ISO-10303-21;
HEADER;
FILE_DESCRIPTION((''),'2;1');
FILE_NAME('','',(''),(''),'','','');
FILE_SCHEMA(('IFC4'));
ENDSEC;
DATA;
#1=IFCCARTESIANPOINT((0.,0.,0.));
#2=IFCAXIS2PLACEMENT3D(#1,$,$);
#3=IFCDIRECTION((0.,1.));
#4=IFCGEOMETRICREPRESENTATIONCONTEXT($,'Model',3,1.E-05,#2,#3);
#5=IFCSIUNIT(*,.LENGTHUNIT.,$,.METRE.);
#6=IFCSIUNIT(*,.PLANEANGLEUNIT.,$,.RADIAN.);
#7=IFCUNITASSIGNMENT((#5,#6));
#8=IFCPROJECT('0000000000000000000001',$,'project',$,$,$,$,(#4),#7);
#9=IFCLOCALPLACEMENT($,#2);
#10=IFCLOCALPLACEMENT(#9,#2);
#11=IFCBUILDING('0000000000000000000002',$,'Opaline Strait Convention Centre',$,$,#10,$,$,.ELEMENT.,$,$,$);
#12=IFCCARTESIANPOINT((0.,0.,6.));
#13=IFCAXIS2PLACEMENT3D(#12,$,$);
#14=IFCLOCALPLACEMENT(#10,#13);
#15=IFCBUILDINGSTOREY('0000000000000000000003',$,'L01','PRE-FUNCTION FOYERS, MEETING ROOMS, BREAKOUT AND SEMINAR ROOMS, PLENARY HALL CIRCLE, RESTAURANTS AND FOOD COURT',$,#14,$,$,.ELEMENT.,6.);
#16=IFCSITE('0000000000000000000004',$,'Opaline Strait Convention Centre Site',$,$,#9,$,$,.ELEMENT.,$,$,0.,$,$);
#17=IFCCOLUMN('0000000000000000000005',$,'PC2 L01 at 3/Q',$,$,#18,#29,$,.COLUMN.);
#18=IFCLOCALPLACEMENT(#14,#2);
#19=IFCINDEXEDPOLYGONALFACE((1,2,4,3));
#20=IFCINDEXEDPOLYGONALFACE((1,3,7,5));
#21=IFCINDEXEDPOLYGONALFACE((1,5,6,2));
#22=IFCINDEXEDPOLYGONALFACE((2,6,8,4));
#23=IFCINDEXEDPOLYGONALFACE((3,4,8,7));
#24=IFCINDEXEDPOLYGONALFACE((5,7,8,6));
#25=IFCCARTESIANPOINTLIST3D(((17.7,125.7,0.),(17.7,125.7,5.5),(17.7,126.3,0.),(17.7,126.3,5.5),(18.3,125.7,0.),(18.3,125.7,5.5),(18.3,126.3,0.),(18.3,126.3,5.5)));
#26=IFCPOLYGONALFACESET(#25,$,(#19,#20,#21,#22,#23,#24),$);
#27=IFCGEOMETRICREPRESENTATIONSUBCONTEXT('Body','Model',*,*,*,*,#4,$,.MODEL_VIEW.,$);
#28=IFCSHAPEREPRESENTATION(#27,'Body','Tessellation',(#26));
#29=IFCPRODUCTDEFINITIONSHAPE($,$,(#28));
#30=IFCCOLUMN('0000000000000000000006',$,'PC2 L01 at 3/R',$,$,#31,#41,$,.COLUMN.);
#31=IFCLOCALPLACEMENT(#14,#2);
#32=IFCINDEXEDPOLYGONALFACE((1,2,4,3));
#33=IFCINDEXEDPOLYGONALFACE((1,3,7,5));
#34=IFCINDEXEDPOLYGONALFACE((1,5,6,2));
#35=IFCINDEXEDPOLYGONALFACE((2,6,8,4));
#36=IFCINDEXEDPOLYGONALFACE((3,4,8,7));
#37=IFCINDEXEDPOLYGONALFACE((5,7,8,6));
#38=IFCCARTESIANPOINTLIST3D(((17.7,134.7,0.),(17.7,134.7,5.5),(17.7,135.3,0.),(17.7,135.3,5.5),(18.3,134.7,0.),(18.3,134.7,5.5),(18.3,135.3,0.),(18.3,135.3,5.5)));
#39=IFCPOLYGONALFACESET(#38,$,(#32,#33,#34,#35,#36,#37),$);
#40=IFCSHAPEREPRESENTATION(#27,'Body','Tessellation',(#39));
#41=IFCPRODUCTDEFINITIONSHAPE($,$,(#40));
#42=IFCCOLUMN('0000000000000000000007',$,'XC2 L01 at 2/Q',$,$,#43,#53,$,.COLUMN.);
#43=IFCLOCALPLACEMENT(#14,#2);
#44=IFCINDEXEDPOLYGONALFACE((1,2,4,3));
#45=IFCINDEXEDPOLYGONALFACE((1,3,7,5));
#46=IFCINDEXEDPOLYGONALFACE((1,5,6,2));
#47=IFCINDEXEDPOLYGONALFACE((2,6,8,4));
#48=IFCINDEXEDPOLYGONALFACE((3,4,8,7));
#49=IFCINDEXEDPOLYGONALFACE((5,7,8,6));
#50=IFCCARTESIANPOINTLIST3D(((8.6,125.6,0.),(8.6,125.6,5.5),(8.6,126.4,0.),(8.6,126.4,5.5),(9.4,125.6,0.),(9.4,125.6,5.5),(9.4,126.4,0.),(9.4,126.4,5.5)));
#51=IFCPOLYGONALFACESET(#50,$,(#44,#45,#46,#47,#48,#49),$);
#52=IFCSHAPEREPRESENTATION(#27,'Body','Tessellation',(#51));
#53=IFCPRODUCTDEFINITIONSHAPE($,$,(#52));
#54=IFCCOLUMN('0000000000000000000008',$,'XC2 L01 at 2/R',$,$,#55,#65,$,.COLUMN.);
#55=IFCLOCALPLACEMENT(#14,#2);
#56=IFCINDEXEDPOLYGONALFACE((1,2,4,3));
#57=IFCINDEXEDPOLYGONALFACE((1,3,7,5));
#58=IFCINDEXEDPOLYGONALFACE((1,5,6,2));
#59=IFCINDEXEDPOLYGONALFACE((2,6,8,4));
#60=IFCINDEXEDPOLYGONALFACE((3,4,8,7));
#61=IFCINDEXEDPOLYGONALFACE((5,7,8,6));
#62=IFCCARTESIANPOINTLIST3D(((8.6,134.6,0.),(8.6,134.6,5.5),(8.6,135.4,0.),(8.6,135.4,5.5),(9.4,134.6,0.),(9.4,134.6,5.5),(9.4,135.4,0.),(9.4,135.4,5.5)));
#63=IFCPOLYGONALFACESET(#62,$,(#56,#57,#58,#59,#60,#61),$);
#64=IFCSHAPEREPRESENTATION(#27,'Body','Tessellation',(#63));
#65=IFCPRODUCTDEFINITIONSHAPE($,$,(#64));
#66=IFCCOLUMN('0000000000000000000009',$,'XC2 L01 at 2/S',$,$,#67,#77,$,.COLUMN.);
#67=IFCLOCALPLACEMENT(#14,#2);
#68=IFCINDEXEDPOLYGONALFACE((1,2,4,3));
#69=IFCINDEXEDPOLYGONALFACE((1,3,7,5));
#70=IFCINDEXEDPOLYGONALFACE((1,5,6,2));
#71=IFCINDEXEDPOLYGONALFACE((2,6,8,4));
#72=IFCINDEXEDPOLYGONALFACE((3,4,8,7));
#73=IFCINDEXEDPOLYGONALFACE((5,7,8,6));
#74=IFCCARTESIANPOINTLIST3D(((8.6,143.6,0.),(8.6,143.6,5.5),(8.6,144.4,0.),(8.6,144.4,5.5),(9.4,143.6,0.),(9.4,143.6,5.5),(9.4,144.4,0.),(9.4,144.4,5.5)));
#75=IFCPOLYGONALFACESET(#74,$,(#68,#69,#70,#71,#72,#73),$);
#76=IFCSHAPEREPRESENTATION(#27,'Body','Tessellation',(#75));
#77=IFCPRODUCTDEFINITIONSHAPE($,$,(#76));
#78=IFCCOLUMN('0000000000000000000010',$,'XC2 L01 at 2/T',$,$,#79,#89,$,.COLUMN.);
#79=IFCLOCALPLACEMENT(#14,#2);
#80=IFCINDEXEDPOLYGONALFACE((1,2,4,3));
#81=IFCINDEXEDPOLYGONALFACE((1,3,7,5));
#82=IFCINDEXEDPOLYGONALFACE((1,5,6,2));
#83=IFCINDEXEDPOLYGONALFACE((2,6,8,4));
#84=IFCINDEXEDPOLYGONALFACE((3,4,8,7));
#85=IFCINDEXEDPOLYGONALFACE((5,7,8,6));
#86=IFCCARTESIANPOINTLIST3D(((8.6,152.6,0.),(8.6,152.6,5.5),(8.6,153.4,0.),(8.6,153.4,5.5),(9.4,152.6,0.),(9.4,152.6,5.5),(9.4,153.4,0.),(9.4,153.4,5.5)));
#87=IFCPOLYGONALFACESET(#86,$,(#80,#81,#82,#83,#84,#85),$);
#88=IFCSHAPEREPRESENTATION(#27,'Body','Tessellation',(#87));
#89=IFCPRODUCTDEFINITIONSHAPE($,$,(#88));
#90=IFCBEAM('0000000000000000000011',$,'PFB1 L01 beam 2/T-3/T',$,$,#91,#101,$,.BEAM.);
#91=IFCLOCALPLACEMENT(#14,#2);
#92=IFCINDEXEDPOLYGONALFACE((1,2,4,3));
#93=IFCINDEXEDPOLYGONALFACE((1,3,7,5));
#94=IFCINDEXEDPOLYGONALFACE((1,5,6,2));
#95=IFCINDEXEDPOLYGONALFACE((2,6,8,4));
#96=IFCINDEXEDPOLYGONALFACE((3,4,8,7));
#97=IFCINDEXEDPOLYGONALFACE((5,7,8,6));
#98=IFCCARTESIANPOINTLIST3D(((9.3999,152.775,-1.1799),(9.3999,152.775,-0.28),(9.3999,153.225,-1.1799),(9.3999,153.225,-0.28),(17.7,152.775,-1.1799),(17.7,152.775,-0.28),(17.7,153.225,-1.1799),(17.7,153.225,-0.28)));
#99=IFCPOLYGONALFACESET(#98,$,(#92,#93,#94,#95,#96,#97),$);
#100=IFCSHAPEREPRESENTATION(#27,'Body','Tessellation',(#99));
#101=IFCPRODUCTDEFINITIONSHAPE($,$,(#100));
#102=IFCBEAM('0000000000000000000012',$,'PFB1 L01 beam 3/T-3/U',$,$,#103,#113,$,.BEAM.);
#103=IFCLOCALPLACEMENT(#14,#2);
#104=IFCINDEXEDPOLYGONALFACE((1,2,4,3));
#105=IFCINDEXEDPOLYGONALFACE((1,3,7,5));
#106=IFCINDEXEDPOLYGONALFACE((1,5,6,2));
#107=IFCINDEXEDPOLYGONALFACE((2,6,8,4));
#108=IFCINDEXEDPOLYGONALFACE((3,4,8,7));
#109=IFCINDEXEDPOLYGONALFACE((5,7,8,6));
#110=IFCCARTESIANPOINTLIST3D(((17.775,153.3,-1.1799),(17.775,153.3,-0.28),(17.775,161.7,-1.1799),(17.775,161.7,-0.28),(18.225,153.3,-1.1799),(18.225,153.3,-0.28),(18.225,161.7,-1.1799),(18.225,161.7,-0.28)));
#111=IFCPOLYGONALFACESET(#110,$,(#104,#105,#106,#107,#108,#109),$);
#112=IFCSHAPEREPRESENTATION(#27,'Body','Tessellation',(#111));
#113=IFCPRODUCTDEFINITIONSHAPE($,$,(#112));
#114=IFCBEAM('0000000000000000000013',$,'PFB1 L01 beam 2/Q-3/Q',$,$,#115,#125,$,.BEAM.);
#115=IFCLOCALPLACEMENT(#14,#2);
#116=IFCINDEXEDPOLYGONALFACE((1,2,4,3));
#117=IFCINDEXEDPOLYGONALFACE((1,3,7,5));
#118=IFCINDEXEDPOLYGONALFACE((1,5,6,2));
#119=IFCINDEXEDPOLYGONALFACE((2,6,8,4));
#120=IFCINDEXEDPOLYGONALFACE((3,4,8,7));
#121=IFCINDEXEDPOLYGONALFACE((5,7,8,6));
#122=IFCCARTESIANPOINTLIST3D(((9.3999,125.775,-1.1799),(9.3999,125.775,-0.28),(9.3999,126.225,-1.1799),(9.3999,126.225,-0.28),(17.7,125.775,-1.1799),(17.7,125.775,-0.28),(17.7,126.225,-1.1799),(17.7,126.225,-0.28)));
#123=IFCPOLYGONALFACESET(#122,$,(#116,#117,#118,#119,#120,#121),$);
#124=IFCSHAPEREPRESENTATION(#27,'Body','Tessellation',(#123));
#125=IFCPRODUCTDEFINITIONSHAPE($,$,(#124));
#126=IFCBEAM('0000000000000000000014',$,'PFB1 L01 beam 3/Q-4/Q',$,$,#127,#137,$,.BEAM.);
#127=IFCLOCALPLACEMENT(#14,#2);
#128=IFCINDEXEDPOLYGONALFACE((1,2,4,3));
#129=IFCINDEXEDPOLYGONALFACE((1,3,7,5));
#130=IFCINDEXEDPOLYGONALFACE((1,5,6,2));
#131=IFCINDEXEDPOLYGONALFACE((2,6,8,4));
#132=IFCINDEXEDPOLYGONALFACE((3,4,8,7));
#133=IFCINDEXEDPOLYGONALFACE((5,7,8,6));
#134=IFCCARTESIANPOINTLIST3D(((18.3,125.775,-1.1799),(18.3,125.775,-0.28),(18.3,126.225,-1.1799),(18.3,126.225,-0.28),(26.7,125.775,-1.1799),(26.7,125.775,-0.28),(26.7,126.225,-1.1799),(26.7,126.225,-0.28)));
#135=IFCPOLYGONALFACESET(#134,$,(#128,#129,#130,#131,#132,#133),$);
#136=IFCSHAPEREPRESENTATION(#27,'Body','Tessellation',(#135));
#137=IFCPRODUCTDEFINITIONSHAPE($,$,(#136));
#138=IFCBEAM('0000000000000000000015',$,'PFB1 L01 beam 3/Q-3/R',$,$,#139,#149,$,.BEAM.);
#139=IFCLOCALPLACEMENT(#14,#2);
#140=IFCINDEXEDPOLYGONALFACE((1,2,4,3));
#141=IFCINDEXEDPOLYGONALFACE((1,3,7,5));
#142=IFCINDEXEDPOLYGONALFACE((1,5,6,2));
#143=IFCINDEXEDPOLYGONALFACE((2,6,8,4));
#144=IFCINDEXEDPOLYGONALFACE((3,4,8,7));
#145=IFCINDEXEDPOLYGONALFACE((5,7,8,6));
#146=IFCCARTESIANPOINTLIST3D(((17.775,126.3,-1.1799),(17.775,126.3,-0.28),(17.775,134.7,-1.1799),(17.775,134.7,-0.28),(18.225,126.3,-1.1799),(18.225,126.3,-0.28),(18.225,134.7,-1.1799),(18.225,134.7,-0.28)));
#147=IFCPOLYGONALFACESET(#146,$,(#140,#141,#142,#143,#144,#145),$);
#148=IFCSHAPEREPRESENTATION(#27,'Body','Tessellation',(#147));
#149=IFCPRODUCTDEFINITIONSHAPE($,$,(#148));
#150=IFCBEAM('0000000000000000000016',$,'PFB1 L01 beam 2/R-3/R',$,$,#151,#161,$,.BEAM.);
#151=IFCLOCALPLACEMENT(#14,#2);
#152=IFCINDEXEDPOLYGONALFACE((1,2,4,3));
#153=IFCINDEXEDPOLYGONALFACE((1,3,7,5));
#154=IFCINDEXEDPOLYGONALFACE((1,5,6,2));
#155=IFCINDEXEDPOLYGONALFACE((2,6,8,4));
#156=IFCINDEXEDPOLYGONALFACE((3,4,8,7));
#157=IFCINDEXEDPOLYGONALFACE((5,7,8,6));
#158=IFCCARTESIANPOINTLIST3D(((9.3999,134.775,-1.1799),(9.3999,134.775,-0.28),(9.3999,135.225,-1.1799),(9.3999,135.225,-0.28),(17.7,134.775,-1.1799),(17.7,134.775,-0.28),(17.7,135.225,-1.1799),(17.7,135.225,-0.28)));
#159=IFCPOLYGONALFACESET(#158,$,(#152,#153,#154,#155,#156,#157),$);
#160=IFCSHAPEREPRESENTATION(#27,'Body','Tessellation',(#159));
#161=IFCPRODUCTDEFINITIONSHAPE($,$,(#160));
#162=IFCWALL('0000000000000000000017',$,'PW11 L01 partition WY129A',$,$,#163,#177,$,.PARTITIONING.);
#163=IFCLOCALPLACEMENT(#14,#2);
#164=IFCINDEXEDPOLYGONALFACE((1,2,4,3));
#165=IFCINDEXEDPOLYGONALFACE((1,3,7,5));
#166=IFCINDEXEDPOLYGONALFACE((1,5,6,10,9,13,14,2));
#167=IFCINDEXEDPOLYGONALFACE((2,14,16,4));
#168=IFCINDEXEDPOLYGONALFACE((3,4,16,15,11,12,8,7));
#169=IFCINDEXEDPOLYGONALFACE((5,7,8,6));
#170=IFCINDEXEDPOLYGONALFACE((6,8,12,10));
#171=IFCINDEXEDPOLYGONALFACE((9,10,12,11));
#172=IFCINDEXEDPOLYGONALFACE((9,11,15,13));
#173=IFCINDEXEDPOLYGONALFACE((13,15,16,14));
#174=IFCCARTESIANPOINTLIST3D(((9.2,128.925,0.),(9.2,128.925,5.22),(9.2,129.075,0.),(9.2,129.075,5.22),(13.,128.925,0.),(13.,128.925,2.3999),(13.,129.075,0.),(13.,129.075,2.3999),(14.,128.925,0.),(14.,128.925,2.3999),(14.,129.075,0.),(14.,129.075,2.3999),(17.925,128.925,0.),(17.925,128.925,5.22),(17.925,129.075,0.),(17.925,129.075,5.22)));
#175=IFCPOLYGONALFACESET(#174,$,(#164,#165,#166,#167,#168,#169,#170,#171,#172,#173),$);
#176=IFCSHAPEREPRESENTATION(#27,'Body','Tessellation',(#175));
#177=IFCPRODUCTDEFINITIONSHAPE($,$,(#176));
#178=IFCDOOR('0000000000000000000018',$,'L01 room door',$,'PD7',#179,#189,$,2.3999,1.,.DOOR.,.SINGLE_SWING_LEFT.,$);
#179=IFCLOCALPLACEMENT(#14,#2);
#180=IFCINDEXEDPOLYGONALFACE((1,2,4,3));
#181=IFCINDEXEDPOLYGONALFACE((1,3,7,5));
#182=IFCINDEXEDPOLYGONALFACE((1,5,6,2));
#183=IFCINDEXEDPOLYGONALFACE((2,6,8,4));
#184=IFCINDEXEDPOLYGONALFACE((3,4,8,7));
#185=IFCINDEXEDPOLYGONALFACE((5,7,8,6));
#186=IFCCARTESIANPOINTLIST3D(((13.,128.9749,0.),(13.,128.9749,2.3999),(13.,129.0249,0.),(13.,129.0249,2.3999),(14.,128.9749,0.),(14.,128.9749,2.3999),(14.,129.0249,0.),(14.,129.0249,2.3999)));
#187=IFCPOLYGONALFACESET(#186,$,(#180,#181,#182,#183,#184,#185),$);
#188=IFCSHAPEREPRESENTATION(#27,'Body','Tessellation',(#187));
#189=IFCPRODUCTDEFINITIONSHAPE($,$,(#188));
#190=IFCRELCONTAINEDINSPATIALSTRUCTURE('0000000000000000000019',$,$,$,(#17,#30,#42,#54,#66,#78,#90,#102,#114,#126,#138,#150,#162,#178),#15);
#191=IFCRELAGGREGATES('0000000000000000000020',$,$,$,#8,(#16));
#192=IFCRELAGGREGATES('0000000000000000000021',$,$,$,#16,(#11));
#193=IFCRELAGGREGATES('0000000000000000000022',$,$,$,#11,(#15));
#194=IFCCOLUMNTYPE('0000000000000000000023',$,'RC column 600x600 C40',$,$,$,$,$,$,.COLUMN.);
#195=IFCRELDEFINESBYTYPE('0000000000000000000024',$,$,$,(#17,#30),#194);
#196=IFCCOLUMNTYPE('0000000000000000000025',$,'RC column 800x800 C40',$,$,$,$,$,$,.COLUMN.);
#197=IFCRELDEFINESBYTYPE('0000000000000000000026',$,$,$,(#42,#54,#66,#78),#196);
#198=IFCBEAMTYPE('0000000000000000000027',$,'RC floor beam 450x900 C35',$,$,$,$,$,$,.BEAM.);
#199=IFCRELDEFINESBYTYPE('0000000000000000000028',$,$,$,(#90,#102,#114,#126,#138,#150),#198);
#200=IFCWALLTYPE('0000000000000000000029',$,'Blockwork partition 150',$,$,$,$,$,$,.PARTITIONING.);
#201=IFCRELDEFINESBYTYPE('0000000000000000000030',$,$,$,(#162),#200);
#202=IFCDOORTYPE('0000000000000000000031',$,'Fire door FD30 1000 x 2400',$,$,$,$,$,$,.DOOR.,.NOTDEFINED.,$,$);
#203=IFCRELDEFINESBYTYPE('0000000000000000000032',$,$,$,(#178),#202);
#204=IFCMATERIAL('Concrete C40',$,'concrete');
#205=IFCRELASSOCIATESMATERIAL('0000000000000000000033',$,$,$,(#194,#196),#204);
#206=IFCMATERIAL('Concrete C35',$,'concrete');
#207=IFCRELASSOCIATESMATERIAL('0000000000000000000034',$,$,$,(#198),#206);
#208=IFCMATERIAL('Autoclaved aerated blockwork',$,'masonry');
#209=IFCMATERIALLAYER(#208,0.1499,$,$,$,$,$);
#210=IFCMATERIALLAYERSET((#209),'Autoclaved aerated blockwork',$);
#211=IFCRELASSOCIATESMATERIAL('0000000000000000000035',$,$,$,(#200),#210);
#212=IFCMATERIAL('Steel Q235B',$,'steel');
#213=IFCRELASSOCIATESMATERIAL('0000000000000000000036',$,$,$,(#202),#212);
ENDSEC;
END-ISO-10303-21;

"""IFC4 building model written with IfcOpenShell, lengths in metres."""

from ifc_helpers import new_model, si_unit, direction, frame, frame_2d, origin, origin_2d, place, context, subcontext, project, spatial, rectangle, extrude, material, layer, layer_set, material_profile, profile_set, type_object, element, fill, save


model = new_model("IFC4")

# Units and contexts
model_context = context("Model", 3, precision=1e-05, world=origin(), true_north=direction((0.0, 1.0)))
body_context = subcontext(model_context, "Body", "Model", "MODEL_VIEW")
ifc_project = project(units=[si_unit("LENGTHUNIT", "METRE"), si_unit("PLANEANGLEUNIT", "RADIAN")], contexts=[model_context])

# Site, building, storey
site_placement = place(None, origin())
site = spatial("IfcSite", under=ifc_project, at=site_placement, Name="Opaline Strait Convention Centre Site", CompositionType="ELEMENT", RefElevation=0.0)
building_placement = place(site_placement, origin())
building = spatial("IfcBuilding", under=site, at=building_placement, Name="Opaline Strait Convention Centre", CompositionType="ELEMENT")
storey_placement = place(building_placement, frame((0.0, 0.0, 6.0)))
storey = spatial("IfcBuildingStorey", under=building, at=storey_placement, Name="L01", Description="PRE-FUNCTION FOYERS, MEETING ROOMS, BREAKOUT AND SEMINAR ROOMS, PLENARY HALL CIRCLE, RESTAURANTS AND FOOD COURT", CompositionType="ELEMENT", Elevation=6.0)

# Columns
ifc_material_1 = material(Name="Concrete C40", Category="concrete")
ifc_material_profile_1 = material_profile(ifc_material_1, rectangle(XDim=0.6001, YDim=0.6001, at=origin_2d()), Name="RC 600x600")
ifc_profile_set_1 = profile_set([ifc_material_profile_1], Name="Concrete C40")
column_type_1 = type_object("IfcColumnType", Name="RC column 600x600 C40", PredefinedType="COLUMN", material=ifc_profile_set_1)
for number, where, z_axis, x_axis, name in (
    (1, (18.0, 126.0, 0.0), (0.0, 0.0, 1.0), (1.0, 0.0, 0.0), "PC2 L01 at 3/Q"),
    (2, (18.0, 135.0, 0.0), (0.0, 0.0, 1.0), (1.0, 0.0, 0.0), "PC2 L01 at 3/R"),
):
    element("IfcColumn", number, at=place(storey_placement, frame(where, z_axis=z_axis, x_axis=x_axis)), inside=storey, type_object=column_type_1, Name=name, PredefinedType="COLUMN", context=body_context, shape_type="SweptSolid", body=[
        extrude(rectangle(XDim=0.6001, YDim=0.6001, at=origin_2d()), origin(), (0.0, 0.0, 1.0), 5.5),
    ])
ifc_material_profile_2 = material_profile(ifc_material_1, rectangle(XDim=0.8, YDim=0.8, at=origin_2d()), Name="RC 800x800")
ifc_profile_set_2 = profile_set([ifc_material_profile_2], Name="Concrete C40")
column_type_2 = type_object("IfcColumnType", Name="RC column 800x800 C40", PredefinedType="COLUMN", material=ifc_profile_set_2)
for number, where, z_axis, x_axis, name in (
    (3, (9.0, 126.0, 0.0), (0.0, 0.0, 1.0), (1.0, 0.0, 0.0), "XC2 L01 at 2/Q"),
    (4, (9.0, 135.0, 0.0), (0.0, 0.0, 1.0), (1.0, 0.0, 0.0), "XC2 L01 at 2/R"),
    (5, (9.0, 144.0, 0.0), (0.0, 0.0, 1.0), (1.0, 0.0, 0.0), "XC2 L01 at 2/S"),
    (6, (9.0, 153.0, 0.0), (0.0, 0.0, 1.0), (1.0, 0.0, 0.0), "XC2 L01 at 2/T"),
):
    element("IfcColumn", number, at=place(storey_placement, frame(where, z_axis=z_axis, x_axis=x_axis)), inside=storey, type_object=column_type_2, Name=name, PredefinedType="COLUMN", context=body_context, shape_type="SweptSolid", body=[
        extrude(rectangle(XDim=0.8, YDim=0.8, at=origin_2d()), origin(), (0.0, 0.0, 1.0), 5.5),
    ])

# Beams
ifc_material_2 = material(Name="Concrete C35", Category="concrete")
ifc_material_profile_3 = material_profile(ifc_material_2, rectangle(XDim=0.45, YDim=0.8999, at=origin_2d()), Name="RC 450x900")
ifc_profile_set_3 = profile_set([ifc_material_profile_3], Name="Concrete C35")
beam_type = type_object("IfcBeamType", Name="RC floor beam 450x900 C35", PredefinedType="BEAM", material=ifc_profile_set_3)
beam_1_placement = place(storey_placement, frame((9.3999, 153.0, -0.73), z_axis=(1.0, 0.0, 0.0), x_axis=(0.0, 1.0, 0.0)))
element("IfcBeam", 7, at=beam_1_placement, inside=storey, type_object=beam_type, Name="PFB1 L01 beam 2/T-3/T", PredefinedType="BEAM", context=body_context, shape_type="SweptSolid", body=[
    extrude(rectangle(XDim=0.45, YDim=0.8999, at=origin_2d()), origin(), (0.0, 0.0, 1.0), 8.3),
])
beam_2_placement = place(storey_placement, frame((18.0, 153.3, -0.73), z_axis=(0.0, 1.0, 0.0), x_axis=(-1.0, 0.0, 0.0)))
element("IfcBeam", 8, at=beam_2_placement, inside=storey, type_object=beam_type, Name="PFB1 L01 beam 3/T-3/U", PredefinedType="BEAM", context=body_context, shape_type="SweptSolid", body=[
    extrude(rectangle(XDim=0.45, YDim=0.8999, at=origin_2d()), origin(), (0.0, 0.0, 1.0), 8.3999),
])
beam_3_placement = place(storey_placement, frame((9.3999, 126.0, -0.73), z_axis=(1.0, 0.0, 0.0), x_axis=(0.0, 1.0, 0.0)))
element("IfcBeam", 9, at=beam_3_placement, inside=storey, type_object=beam_type, Name="PFB1 L01 beam 2/Q-3/Q", PredefinedType="BEAM", context=body_context, shape_type="SweptSolid", body=[
    extrude(rectangle(XDim=0.45, YDim=0.8999, at=origin_2d()), origin(), (0.0, 0.0, 1.0), 8.3),
])
for number, where, z_axis, x_axis, name in (
    (10, (18.3, 126.0, -0.73), (1.0, 0.0, 0.0), (0.0, 1.0, 0.0), "PFB1 L01 beam 3/Q-4/Q"),
    (11, (18.0, 126.3, -0.73), (0.0, 1.0, 0.0), (-1.0, 0.0, 0.0), "PFB1 L01 beam 3/Q-3/R"),
):
    element("IfcBeam", number, at=place(storey_placement, frame(where, z_axis=z_axis, x_axis=x_axis)), inside=storey, type_object=beam_type, Name=name, PredefinedType="BEAM", context=body_context, shape_type="SweptSolid", body=[
        extrude(rectangle(XDim=0.45, YDim=0.8999, at=origin_2d()), origin(), (0.0, 0.0, 1.0), 8.3999),
    ])
beam_4_placement = place(storey_placement, frame((9.3999, 135.0, -0.73), z_axis=(1.0, 0.0, 0.0), x_axis=(0.0, 1.0, 0.0)))
element("IfcBeam", 12, at=beam_4_placement, inside=storey, type_object=beam_type, Name="PFB1 L01 beam 2/R-3/R", PredefinedType="BEAM", context=body_context, shape_type="SweptSolid", body=[
    extrude(rectangle(XDim=0.45, YDim=0.8999, at=origin_2d()), origin(), (0.0, 0.0, 1.0), 8.3),
])

# Wall, opening, door
ifc_material_3 = material(Name="Autoclaved aerated blockwork", Category="masonry")
ifc_layer_1 = layer(ifc_material_3, 0.1499)
ifc_layer_set_1 = layer_set([ifc_layer_1], Name="Autoclaved aerated blockwork")
wall_type_1 = type_object("IfcWallType", Name="Blockwork partition 150", PredefinedType="PARTITIONING", material=ifc_layer_set_1)
wall_1_placement = place(storey_placement, frame((9.2, 129.0, 0.0), z_axis=(0.0, 0.0, 1.0), x_axis=(1.0, 0.0, 0.0)))
wall_1 = element("IfcWall", 13, at=wall_1_placement, inside=storey, type_object=wall_type_1, Name="PW11 L01 partition WY129A", PredefinedType="PARTITIONING", context=body_context, shape_type="SweptSolid", body=[
    extrude(rectangle(XDim=8.7251, YDim=0.1499, at=frame_2d((4.3625, 0.0))), origin(), (0.0, 0.0, 1.0), 5.22),
])
opening_1_placement = place(wall_1_placement, frame((3.8, 0.0, 0.0)))
opening_1 = element("IfcOpeningElement", 14, at=opening_1_placement, cuts=wall_1, PredefinedType="OPENING", context=body_context, shape_type="SweptSolid", body=[
    extrude(rectangle(XDim=1.0, YDim=2.3999, at=frame_2d((0.5, 1.2))), frame((0.0, 0.085, 0.0), z_axis=(0.0, -1.0, 0.0), x_axis=(1.0, 0.0, 0.0)), (0.0, 0.0, 1.0), 0.1699),
])
ifc_material_4 = material(Name="Steel Q235B", Category="steel")
door_type_1 = type_object("IfcDoorType", Name="Fire door FD30 1000 x 2400", OperationType="NOTDEFINED", PredefinedType="DOOR", material=ifc_material_4)
door_1_placement = place(opening_1_placement, origin())
door_1 = element("IfcDoor", 15, at=door_1_placement, inside=storey, type_object=door_type_1, Name="L01 room door", ObjectType="PD7", OperationType="SINGLE_SWING_LEFT", OverallHeight=2.3999, OverallWidth=1.0, PredefinedType="DOOR", context=body_context, shape_type="SweptSolid", body=[
    extrude(rectangle(XDim=1.0, YDim=2.3999, at=frame_2d((0.5, 1.2))), frame((0.0, 0.0249, 0.0), z_axis=(0.0, -1.0, 0.0), x_axis=(1.0, 0.0, 0.0)), (0.0, 0.0, 1.0), 0.05),
])
fill(opening_1, door_1)

save(model, "model.ifc")
